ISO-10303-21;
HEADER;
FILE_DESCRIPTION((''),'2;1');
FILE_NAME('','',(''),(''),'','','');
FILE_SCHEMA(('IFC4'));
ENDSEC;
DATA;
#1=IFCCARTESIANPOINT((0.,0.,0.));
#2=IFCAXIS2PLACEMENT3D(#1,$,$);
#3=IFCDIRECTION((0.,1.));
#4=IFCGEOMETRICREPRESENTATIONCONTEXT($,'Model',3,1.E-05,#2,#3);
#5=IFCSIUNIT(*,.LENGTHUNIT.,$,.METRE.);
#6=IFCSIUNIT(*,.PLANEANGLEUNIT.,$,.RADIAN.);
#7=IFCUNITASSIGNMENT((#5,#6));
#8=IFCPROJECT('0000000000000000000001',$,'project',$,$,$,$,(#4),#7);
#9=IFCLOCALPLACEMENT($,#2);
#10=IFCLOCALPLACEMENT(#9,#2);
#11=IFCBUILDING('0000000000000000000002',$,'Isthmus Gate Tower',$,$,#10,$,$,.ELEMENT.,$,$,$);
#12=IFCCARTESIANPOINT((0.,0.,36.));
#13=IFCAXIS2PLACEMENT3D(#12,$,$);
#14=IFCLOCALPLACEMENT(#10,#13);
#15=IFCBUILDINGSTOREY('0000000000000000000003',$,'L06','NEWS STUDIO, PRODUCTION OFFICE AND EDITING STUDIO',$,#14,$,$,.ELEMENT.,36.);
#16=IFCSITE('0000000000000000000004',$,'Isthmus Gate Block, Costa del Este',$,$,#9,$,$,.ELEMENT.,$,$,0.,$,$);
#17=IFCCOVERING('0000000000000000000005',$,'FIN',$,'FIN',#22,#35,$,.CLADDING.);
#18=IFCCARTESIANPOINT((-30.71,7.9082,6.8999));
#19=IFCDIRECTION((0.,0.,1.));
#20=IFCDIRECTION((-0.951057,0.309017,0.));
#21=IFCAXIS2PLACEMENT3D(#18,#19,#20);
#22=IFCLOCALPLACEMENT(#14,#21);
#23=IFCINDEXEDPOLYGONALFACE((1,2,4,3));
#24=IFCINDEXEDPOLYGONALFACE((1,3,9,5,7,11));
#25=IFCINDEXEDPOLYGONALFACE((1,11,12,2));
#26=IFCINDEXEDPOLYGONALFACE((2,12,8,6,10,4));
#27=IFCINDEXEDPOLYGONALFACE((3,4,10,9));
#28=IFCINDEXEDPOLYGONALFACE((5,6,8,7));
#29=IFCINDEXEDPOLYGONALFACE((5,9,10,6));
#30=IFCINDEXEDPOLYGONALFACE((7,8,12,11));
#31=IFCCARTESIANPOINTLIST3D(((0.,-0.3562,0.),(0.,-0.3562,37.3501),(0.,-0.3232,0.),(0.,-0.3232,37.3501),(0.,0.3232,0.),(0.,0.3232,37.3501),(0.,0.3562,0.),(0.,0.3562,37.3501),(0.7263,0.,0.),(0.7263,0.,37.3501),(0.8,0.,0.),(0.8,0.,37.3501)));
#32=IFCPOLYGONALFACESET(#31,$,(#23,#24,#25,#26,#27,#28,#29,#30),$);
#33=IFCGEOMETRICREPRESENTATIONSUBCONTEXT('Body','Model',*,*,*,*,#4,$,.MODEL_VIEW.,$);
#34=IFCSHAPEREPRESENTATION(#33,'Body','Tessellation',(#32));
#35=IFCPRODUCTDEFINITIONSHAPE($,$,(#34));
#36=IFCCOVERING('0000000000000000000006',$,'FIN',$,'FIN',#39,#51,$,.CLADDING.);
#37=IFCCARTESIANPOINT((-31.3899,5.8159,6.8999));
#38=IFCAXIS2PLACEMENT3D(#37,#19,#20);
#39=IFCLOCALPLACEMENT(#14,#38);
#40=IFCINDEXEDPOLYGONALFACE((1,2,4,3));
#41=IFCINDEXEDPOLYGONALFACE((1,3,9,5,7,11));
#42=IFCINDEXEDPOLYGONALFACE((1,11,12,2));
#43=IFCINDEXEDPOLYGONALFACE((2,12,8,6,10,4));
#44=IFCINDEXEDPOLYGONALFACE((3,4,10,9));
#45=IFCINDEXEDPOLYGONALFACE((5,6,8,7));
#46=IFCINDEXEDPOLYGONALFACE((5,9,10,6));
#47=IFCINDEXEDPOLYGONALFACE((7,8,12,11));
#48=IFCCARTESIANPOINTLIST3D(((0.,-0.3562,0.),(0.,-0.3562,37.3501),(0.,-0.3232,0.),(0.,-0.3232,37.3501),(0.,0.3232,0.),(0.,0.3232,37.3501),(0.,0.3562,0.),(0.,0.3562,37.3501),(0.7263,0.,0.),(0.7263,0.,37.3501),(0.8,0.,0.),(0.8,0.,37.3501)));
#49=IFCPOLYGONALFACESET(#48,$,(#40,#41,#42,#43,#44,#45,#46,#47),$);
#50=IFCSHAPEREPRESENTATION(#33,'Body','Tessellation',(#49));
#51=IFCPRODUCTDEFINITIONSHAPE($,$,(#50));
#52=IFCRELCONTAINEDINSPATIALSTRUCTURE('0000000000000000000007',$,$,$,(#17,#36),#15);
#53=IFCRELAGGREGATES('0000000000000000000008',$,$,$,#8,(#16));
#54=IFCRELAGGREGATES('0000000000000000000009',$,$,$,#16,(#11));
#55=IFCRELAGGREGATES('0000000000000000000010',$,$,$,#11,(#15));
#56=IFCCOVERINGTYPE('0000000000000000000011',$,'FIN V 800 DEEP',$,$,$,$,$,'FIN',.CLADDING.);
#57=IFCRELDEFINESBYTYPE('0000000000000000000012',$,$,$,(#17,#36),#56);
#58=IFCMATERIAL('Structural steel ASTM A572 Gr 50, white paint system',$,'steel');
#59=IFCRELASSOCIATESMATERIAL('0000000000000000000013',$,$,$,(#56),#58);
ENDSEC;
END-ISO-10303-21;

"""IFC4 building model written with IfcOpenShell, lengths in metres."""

from ifc_helpers import new_model, si_unit, direction, frame, origin, place, context, subcontext, project, spatial, polyline, outline, extrude, material, material_profile, profile_set, type_object, element, save


model = new_model("IFC4")

# Units and contexts
model_context = context("Model", 3, precision=1e-05, world=origin(), true_north=direction((0.0, 1.0)))
body_context = subcontext(model_context, "Body", "Model", "MODEL_VIEW")
ifc_project = project(units=[si_unit("LENGTHUNIT", "METRE"), si_unit("PLANEANGLEUNIT", "RADIAN")], contexts=[model_context])

# Site, building, storey
site_placement = place(None, origin())
site = spatial("IfcSite", under=ifc_project, at=site_placement, Name="Isthmus Gate Block, Costa del Este", CompositionType="ELEMENT", RefElevation=0.0)
building_placement = place(site_placement, origin())
building = spatial("IfcBuilding", under=site, at=building_placement, Name="Isthmus Gate Tower", CompositionType="ELEMENT")
storey_placement = place(building_placement, frame((0.0, 0.0, 36.0)))
storey = spatial("IfcBuildingStorey", under=building, at=storey_placement, Name="L06", Description="NEWS STUDIO, PRODUCTION OFFICE AND EDITING STUDIO", CompositionType="ELEMENT", Elevation=36.0)

# Coverings
ifc_material_1 = material(Name="Structural steel ASTM A572 Gr 50, white paint system", Category="steel")
ifc_material_profile_1 = material_profile(ifc_material_1, outline(polyline([(0.0, -0.3562), (0.8, 0.0), (0.0, 0.3562), (0.0, 0.3232), (0.7263, 0.0), (0.0, -0.3232), (0.0, -0.3562)])), Name="V800")
ifc_profile_set_1 = profile_set([ifc_material_profile_1], Name="Structural steel ASTM A572 Gr 50, white paint system")
covering_type_1 = type_object("IfcCoveringType", Name="FIN V 800 DEEP", ElementType="FIN", PredefinedType="CLADDING", material=ifc_profile_set_1)
for number, where, z_axis, x_axis, name in (
    (1, (-30.71, 7.9082, 6.8999), (0.0, 0.0, 1.0), (-0.951057, 0.309017, 0.0), "FIN"),
    (2, (-31.3899, 5.8159, 6.8999), (0.0, 0.0, 1.0), (-0.951057, 0.309017, 0.0), "FIN"),
):
    element("IfcCovering", number, at=place(storey_placement, frame(where, z_axis=z_axis, x_axis=x_axis)), inside=storey, type_object=covering_type_1, Name=name, ObjectType="FIN", PredefinedType="CLADDING", context=body_context, shape_type="SweptSolid", body=[
        extrude(outline(polyline([(0.0, -0.3562), (0.8, 0.0), (0.0, 0.3562), (0.0, 0.3232), (0.7263, 0.0), (0.0, -0.3232), (0.0, -0.3562)])), origin(), (0.0, 0.0, 1.0), 37.3501),
    ])

save(model, "model.ifc")
